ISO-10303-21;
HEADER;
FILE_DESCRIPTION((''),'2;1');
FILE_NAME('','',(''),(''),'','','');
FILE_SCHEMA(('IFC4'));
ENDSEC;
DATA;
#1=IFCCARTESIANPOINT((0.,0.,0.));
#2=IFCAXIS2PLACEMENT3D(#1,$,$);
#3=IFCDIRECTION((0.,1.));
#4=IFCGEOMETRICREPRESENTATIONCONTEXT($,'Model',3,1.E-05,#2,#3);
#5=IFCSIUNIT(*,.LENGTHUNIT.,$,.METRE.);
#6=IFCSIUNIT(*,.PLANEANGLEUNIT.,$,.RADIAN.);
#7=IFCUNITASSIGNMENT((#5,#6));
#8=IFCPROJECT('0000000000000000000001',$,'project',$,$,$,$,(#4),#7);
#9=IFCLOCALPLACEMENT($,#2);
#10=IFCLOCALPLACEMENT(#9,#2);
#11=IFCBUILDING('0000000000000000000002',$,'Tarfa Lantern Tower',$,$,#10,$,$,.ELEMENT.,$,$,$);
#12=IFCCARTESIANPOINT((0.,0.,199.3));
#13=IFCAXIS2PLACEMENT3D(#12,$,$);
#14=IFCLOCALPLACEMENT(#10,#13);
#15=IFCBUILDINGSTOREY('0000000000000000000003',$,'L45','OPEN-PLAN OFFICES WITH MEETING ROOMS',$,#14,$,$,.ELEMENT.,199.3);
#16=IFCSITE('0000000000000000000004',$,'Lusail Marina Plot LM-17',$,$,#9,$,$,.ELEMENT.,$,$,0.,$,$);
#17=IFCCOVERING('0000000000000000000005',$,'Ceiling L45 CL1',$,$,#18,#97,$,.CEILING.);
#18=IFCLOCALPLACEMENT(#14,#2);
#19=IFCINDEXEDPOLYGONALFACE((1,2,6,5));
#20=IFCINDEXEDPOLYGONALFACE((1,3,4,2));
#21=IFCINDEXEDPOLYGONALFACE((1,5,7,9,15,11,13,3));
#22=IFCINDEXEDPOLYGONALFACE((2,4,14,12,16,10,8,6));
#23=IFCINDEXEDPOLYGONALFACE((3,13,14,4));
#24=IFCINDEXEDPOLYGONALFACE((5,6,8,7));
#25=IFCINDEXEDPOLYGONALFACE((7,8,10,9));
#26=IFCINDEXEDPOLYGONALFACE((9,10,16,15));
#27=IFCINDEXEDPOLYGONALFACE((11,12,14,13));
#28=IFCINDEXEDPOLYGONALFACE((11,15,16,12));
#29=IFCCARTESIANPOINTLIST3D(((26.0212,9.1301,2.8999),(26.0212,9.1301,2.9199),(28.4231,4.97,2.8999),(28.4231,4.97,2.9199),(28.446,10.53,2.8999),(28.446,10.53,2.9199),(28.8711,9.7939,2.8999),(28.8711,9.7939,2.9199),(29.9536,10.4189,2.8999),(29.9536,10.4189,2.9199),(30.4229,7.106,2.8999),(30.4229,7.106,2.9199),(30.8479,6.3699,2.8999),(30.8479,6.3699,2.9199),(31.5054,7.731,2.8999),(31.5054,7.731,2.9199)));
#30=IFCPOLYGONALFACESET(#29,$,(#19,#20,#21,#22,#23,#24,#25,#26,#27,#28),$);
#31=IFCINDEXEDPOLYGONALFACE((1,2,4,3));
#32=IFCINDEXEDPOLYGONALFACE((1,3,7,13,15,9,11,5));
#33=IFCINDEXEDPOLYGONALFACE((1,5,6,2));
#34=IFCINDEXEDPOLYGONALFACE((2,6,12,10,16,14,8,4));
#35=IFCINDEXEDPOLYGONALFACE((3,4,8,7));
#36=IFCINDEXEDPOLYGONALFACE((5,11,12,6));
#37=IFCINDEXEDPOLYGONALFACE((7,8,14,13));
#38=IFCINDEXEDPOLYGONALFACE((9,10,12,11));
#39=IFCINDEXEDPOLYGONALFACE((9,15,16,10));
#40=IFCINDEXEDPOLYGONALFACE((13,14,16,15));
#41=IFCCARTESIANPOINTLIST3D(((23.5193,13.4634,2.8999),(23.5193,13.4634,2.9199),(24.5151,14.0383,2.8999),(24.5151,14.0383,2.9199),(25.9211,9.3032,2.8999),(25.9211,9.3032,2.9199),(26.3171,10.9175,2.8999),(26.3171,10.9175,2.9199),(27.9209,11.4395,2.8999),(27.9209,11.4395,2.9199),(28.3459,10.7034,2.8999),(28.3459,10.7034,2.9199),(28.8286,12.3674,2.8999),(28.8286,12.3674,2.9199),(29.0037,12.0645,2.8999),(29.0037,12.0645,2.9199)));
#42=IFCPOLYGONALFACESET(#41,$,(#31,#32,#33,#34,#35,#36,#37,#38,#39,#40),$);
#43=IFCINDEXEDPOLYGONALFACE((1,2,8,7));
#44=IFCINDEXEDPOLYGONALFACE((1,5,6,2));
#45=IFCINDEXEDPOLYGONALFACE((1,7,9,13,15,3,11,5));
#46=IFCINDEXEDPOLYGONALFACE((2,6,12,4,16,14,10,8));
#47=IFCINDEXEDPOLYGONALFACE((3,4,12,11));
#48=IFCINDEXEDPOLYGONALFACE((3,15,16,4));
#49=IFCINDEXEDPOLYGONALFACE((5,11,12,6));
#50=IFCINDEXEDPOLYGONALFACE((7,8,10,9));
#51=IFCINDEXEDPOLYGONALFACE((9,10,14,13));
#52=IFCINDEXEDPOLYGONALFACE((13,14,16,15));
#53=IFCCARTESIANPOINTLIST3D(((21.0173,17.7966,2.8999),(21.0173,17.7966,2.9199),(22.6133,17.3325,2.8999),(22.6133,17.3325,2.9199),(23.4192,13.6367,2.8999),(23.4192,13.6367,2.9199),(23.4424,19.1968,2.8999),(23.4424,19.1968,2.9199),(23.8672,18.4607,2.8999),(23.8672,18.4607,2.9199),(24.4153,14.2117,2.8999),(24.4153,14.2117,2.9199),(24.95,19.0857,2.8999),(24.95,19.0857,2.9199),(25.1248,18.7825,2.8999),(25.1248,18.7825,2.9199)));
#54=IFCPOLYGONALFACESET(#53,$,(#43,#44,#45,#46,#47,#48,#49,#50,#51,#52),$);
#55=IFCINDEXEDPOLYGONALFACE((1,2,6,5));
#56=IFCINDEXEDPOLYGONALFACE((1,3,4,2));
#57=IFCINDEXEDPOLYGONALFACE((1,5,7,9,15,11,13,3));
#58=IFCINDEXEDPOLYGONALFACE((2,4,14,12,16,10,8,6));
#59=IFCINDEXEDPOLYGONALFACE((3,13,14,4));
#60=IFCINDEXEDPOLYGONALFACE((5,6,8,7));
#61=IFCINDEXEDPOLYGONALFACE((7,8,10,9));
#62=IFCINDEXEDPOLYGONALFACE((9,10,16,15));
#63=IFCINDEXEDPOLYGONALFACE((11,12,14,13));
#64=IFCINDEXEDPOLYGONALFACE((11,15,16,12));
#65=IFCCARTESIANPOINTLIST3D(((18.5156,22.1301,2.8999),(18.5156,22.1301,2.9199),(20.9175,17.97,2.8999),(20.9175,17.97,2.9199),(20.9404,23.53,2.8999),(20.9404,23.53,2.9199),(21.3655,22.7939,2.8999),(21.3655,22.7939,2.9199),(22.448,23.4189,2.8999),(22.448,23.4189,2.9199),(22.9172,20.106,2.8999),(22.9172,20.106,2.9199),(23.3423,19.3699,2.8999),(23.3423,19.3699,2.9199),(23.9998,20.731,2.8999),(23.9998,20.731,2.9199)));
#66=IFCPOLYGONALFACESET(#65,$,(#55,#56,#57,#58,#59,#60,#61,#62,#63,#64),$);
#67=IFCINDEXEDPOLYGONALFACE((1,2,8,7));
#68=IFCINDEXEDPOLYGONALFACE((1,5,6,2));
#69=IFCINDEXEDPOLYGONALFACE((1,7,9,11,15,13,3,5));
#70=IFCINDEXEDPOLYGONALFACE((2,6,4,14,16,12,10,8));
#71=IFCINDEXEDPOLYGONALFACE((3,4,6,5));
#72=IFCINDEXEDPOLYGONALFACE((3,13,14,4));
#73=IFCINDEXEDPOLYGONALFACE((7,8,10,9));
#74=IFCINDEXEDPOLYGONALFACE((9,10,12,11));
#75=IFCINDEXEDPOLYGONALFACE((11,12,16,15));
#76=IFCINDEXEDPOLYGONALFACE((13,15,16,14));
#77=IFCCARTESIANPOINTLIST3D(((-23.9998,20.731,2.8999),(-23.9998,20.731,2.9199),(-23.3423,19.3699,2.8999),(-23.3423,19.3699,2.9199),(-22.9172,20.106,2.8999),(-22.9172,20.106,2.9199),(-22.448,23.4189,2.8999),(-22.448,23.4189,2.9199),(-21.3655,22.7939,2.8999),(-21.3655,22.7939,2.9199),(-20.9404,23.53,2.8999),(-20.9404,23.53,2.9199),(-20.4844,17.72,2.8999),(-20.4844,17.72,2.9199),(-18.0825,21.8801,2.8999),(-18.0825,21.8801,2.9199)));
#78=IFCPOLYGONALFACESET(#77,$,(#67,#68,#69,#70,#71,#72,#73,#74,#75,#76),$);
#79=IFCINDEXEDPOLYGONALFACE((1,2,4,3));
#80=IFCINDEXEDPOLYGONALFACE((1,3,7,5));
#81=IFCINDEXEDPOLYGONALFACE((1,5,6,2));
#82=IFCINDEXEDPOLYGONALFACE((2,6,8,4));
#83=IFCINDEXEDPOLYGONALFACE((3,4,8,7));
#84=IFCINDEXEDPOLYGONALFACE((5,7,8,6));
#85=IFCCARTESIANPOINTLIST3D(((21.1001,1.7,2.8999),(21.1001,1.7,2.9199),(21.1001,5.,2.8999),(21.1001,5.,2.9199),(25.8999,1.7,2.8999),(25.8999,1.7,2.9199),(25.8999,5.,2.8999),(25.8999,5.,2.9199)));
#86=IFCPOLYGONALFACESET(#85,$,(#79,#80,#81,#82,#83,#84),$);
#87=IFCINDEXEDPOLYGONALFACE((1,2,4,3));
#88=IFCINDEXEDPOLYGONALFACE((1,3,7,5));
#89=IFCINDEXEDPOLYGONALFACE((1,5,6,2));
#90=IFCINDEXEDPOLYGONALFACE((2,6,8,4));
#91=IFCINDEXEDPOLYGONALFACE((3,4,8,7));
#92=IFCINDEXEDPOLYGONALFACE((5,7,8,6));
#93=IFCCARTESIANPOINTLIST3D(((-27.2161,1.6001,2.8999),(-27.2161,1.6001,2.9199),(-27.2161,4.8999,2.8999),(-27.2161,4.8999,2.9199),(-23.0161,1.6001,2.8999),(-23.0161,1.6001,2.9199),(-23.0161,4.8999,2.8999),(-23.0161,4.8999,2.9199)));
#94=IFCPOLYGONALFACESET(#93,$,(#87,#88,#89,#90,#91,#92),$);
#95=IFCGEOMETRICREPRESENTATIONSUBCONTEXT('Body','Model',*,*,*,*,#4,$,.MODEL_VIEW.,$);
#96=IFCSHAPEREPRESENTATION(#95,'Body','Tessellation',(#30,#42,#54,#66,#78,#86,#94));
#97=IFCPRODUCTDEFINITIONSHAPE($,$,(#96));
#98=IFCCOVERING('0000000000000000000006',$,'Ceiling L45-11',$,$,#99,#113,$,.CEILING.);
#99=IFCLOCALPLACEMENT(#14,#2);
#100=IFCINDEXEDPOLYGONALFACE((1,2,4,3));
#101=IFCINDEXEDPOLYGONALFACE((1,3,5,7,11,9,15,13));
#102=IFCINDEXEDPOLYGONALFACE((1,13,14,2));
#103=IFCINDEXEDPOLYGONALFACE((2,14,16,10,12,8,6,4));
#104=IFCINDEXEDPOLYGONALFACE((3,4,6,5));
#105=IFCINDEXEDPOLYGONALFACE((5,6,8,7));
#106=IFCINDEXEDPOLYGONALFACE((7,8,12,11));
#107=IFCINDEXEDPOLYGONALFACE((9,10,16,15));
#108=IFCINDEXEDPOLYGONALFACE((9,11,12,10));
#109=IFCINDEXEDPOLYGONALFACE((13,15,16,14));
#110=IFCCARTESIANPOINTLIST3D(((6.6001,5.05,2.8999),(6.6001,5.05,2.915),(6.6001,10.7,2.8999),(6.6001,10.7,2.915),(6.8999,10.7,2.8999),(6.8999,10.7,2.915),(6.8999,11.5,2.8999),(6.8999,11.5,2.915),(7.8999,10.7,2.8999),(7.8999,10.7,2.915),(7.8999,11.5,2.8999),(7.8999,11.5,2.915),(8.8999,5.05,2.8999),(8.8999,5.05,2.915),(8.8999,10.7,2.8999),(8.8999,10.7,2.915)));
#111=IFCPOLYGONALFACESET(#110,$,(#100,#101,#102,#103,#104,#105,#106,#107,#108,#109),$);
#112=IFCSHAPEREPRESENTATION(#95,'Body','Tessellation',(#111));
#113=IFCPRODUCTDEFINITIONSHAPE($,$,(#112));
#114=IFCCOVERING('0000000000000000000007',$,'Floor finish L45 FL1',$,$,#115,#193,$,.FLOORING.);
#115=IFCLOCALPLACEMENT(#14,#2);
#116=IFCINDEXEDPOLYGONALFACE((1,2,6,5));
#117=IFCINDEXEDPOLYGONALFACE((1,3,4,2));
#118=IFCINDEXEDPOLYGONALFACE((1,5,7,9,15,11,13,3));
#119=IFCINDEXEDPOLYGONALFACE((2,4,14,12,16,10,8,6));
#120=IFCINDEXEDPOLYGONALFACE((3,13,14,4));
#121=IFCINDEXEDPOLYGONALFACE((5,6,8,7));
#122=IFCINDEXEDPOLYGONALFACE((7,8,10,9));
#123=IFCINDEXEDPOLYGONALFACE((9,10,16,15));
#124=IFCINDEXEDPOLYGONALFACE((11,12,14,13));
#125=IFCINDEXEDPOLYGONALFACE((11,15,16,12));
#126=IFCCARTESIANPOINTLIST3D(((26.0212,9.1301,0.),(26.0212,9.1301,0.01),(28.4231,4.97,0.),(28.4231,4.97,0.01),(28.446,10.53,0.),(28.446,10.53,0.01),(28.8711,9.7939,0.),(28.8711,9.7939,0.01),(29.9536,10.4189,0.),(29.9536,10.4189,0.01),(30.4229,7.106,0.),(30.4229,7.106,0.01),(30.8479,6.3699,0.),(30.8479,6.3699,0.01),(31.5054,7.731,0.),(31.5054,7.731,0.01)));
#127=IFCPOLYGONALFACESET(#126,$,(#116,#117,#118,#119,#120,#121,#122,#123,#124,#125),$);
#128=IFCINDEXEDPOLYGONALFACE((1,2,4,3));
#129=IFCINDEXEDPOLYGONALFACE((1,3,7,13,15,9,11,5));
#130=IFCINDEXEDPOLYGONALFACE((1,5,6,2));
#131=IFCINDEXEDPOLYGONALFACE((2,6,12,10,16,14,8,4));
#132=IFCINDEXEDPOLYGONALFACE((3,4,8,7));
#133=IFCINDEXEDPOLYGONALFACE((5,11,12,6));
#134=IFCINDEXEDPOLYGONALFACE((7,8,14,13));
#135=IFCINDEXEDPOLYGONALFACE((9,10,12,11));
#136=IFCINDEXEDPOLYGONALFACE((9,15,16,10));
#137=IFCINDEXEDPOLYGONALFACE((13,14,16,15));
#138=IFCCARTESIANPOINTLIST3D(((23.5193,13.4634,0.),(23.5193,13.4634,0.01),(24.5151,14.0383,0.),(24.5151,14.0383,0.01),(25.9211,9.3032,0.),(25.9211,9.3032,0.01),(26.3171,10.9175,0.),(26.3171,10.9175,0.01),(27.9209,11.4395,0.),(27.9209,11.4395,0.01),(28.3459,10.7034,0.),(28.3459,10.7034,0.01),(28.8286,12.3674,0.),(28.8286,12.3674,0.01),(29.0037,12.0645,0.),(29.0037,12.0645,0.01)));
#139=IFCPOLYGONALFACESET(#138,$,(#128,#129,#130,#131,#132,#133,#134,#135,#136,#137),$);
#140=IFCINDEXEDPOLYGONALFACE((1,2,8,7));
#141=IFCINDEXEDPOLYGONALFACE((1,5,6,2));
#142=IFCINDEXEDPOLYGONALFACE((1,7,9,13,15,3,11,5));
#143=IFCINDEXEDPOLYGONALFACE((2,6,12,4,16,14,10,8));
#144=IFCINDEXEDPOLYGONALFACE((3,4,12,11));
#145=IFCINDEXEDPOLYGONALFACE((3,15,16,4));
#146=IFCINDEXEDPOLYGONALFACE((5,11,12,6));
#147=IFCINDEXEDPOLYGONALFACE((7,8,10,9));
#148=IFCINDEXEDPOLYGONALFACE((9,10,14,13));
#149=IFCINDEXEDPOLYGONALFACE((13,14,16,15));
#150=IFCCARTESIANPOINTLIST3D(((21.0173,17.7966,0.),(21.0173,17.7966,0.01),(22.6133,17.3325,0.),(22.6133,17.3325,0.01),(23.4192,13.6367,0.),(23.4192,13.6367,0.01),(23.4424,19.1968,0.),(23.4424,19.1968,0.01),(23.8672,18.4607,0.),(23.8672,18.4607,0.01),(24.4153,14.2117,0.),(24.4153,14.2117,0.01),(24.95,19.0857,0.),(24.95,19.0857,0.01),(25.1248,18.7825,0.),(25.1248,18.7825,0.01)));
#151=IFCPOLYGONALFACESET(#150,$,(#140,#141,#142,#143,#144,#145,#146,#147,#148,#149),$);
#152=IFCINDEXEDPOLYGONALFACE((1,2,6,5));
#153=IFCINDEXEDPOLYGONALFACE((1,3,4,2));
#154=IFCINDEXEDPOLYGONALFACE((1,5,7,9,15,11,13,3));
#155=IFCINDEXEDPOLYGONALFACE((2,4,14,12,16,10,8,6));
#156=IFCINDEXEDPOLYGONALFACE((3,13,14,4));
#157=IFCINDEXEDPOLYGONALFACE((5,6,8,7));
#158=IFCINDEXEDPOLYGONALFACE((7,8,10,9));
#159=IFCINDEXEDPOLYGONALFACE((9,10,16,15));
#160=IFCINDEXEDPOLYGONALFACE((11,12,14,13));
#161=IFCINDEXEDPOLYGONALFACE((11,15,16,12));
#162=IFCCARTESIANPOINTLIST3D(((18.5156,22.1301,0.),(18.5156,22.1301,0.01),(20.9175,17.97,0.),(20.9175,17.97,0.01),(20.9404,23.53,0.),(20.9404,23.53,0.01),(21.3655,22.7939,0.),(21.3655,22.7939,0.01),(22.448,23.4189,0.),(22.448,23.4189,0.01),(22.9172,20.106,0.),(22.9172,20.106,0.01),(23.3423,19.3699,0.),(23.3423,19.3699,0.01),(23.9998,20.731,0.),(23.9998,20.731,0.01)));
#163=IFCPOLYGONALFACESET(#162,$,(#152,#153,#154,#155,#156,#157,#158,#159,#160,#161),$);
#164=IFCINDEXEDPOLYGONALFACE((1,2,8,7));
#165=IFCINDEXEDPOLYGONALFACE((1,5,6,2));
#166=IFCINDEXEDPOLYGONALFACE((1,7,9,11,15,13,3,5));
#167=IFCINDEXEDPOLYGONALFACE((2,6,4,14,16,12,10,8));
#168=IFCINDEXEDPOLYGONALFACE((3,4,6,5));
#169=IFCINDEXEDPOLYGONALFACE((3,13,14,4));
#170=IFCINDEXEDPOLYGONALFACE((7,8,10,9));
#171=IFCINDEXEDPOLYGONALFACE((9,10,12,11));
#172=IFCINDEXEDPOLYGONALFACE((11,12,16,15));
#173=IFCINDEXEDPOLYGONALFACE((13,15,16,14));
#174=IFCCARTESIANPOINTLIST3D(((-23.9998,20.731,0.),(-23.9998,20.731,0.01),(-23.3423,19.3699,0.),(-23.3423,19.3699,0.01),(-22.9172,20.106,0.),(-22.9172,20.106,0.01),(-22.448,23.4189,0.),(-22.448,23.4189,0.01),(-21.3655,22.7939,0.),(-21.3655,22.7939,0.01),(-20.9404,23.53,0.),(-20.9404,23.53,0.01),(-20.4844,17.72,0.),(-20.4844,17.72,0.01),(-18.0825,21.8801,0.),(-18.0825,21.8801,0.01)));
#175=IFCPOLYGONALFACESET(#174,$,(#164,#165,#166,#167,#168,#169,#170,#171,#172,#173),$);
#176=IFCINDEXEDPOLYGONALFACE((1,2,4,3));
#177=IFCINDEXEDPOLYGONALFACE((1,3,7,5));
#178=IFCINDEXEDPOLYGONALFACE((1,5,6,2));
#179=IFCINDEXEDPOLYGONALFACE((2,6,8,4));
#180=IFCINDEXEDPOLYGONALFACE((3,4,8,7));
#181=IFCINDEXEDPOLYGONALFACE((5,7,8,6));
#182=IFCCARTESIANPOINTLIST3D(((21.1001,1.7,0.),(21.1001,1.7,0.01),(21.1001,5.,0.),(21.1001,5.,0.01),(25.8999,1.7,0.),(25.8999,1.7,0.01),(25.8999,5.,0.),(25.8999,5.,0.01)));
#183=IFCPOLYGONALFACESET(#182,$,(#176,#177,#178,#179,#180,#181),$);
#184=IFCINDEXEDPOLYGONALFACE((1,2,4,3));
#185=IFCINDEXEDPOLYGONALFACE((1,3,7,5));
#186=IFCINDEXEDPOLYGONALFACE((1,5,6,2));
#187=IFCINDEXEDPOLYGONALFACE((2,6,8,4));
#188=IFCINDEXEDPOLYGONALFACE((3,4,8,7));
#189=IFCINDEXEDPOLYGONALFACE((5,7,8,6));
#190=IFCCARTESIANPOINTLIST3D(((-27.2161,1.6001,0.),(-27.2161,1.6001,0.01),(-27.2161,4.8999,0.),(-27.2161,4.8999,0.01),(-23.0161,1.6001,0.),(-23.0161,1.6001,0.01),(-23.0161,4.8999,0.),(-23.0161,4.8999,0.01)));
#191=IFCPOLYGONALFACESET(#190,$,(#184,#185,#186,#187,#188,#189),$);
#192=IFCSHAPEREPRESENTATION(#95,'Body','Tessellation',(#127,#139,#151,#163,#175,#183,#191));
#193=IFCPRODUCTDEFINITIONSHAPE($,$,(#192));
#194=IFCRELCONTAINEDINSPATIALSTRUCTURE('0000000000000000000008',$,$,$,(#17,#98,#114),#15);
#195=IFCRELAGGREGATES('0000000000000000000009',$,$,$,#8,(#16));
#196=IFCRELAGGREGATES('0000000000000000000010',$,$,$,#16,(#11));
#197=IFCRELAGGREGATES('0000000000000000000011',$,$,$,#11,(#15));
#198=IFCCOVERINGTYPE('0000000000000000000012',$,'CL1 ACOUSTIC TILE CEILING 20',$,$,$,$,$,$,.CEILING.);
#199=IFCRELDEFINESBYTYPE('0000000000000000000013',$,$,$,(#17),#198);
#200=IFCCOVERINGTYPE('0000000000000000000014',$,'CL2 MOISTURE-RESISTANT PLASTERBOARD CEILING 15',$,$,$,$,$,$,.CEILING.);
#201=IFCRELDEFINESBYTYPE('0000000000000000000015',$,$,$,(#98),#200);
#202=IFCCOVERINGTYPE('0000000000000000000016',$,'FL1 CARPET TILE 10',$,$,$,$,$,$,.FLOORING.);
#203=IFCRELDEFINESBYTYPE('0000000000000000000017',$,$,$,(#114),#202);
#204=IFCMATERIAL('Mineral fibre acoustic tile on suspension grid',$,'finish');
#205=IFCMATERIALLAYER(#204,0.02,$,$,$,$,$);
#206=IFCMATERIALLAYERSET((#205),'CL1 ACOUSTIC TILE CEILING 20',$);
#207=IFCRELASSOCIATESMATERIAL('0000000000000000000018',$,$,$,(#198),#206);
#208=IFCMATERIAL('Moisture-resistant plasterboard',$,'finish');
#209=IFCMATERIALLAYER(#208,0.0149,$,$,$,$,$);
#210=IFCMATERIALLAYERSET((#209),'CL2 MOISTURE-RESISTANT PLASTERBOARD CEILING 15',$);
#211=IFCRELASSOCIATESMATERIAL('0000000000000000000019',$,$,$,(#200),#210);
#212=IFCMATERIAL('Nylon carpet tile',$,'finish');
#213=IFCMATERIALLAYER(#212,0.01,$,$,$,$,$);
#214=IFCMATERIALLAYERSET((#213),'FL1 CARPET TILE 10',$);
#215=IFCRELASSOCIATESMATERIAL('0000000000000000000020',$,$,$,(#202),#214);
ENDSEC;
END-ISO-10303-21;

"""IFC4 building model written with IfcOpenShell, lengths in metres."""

from ifc_helpers import new_model, si_unit, direction, frame, origin, place, context, subcontext, project, spatial, polyline, outline, extrude, material, layer, layer_set, type_object, element, save


model = new_model("IFC4")

# Units and contexts
model_context = context("Model", 3, precision=1e-05, world=origin(), true_north=direction((0.0, 1.0)))
body_context = subcontext(model_context, "Body", "Model", "MODEL_VIEW")
ifc_project = project(units=[si_unit("LENGTHUNIT", "METRE"), si_unit("PLANEANGLEUNIT", "RADIAN")], contexts=[model_context])

# Site, building, storey
site_placement = place(None, origin())
site = spatial("IfcSite", under=ifc_project, at=site_placement, Name="Lusail Marina Plot LM-17", CompositionType="ELEMENT", RefElevation=0.0)
building_placement = place(site_placement, origin())
building = spatial("IfcBuilding", under=site, at=building_placement, Name="Tarfa Lantern Tower", CompositionType="ELEMENT")
storey_placement = place(building_placement, frame((0.0, 0.0, 199.3)))
storey = spatial("IfcBuildingStorey", under=building, at=storey_placement, Name="L45", Description="OPEN-PLAN OFFICES WITH MEETING ROOMS", CompositionType="ELEMENT", Elevation=199.3)

# Coverings
ifc_material_1 = material(Name="Mineral fibre acoustic tile on suspension grid", Category="finish")
ifc_layer_1 = layer(ifc_material_1, 0.02)
ifc_layer_set_1 = layer_set([ifc_layer_1], Name="CL1 ACOUSTIC TILE CEILING 20")
covering_type_1 = type_object("IfcCoveringType", Name="CL1 ACOUSTIC TILE CEILING 20", PredefinedType="CEILING", material=ifc_layer_set_1)
covering_1_placement = place(storey_placement, frame((0.0, 0.0, 2.8999)))
element("IfcCovering", 1, at=covering_1_placement, inside=storey, type_object=covering_type_1, Name="Ceiling L45 CL1", PredefinedType="CEILING", context=body_context, shape_type="SweptSolid", body=[
    extrude(outline(polyline([(26.0212, 9.1301), (28.446, 10.53), (28.8711, 9.7939), (29.9536, 10.4189), (31.5054, 7.731), (30.4229, 7.106), (30.8479, 6.3699), (28.4231, 4.97), (26.0212, 9.1301)])), origin(), (0.0, 0.0, 1.0), 0.02),
    extrude(outline(polyline([(25.9211, 9.3032), (23.5193, 13.4634), (24.5151, 14.0383), (26.3171, 10.9175), (28.8286, 12.3674), (29.0037, 12.0645), (27.9209, 11.4395), (28.3459, 10.7034), (25.9211, 9.3032)])), origin(), (0.0, 0.0, 1.0), 0.02),
    extrude(outline(polyline([(21.0173, 17.7966), (23.4424, 19.1968), (23.8672, 18.4607), (24.95, 19.0857), (25.1248, 18.7825), (22.6133, 17.3325), (24.4153, 14.2117), (23.4192, 13.6367), (21.0173, 17.7966)])), origin(), (0.0, 0.0, 1.0), 0.02),
    extrude(outline(polyline([(18.5156, 22.1301), (20.9404, 23.53), (21.3655, 22.7939), (22.448, 23.4189), (23.9998, 20.731), (22.9172, 20.106), (23.3423, 19.3699), (20.9175, 17.97), (18.5156, 22.1301)])), origin(), (0.0, 0.0, 1.0), 0.02),
    extrude(outline(polyline([(-20.4844, 17.72), (-23.3423, 19.3699), (-22.9172, 20.106), (-23.9998, 20.731), (-22.448, 23.4189), (-21.3655, 22.7939), (-20.9404, 23.53), (-18.0825, 21.8801), (-20.4844, 17.72)])), origin(), (0.0, 0.0, 1.0), 0.02),
    extrude(outline(polyline([(21.1001, 5.0), (25.8999, 5.0), (25.8999, 1.7), (21.1001, 1.7), (21.1001, 5.0)])), origin(), (0.0, 0.0, 1.0), 0.02),
    extrude(outline(polyline([(-27.2161, 1.6001), (-27.2161, 4.8999), (-23.0161, 4.8999), (-23.0161, 1.6001), (-27.2161, 1.6001)])), origin(), (0.0, 0.0, 1.0), 0.02),
])
ifc_material_2 = material(Name="Moisture-resistant plasterboard", Category="finish")
ifc_layer_2 = layer(ifc_material_2, 0.0149)
ifc_layer_set_2 = layer_set([ifc_layer_2], Name="CL2 MOISTURE-RESISTANT PLASTERBOARD CEILING 15")
covering_type_2 = type_object("IfcCoveringType", Name="CL2 MOISTURE-RESISTANT PLASTERBOARD CEILING 15", PredefinedType="CEILING", material=ifc_layer_set_2)
covering_2_placement = place(storey_placement, frame((0.0, 0.0, 2.8999)))
element("IfcCovering", 2, at=covering_2_placement, inside=storey, type_object=covering_type_2, Name="Ceiling L45-11", PredefinedType="CEILING", context=body_context, shape_type="SweptSolid", body=[
    extrude(outline(polyline([(6.6001, 5.05), (8.8999, 5.05), (8.8999, 10.7), (7.8999, 10.7), (7.8999, 11.5), (6.8999, 11.5), (6.8999, 10.7), (6.6001, 10.7), (6.6001, 5.05)])), origin(), (0.0, 0.0, 1.0), 0.0151),
])
ifc_material_3 = material(Name="Nylon carpet tile", Category="finish")
ifc_layer_3 = layer(ifc_material_3, 0.01)
ifc_layer_set_3 = layer_set([ifc_layer_3], Name="FL1 CARPET TILE 10")
covering_type_3 = type_object("IfcCoveringType", Name="FL1 CARPET TILE 10", PredefinedType="FLOORING", material=ifc_layer_set_3)
covering_3_placement = place(storey_placement, origin())
element("IfcCovering", 3, at=covering_3_placement, inside=storey, type_object=covering_type_3, Name="Floor finish L45 FL1", PredefinedType="FLOORING", context=body_context, shape_type="SweptSolid", body=[
    extrude(outline(polyline([(26.0212, 9.1301), (28.446, 10.53), (28.8711, 9.7939), (29.9536, 10.4189), (31.5054, 7.731), (30.4229, 7.106), (30.8479, 6.3699), (28.4231, 4.97), (26.0212, 9.1301)])), origin(), (0.0, 0.0, 1.0), 0.01),
    extrude(outline(polyline([(25.9211, 9.3032), (23.5193, 13.4634), (24.5151, 14.0383), (26.3171, 10.9175), (28.8286, 12.3674), (29.0037, 12.0645), (27.9209, 11.4395), (28.3459, 10.7034), (25.9211, 9.3032)])), origin(), (0.0, 0.0, 1.0), 0.01),
    extrude(outline(polyline([(21.0173, 17.7966), (23.4424, 19.1968), (23.8672, 18.4607), (24.95, 19.0857), (25.1248, 18.7825), (22.6133, 17.3325), (24.4153, 14.2117), (23.4192, 13.6367), (21.0173, 17.7966)])), origin(), (0.0, 0.0, 1.0), 0.01),
    extrude(outline(polyline([(18.5156, 22.1301), (20.9404, 23.53), (21.3655, 22.7939), (22.448, 23.4189), (23.9998, 20.731), (22.9172, 20.106), (23.3423, 19.3699), (20.9175, 17.97), (18.5156, 22.1301)])), origin(), (0.0, 0.0, 1.0), 0.01),
    extrude(outline(polyline([(-20.4844, 17.72), (-23.3423, 19.3699), (-22.9172, 20.106), (-23.9998, 20.731), (-22.448, 23.4189), (-21.3655, 22.7939), (-20.9404, 23.53), (-18.0825, 21.8801), (-20.4844, 17.72)])), origin(), (0.0, 0.0, 1.0), 0.01),
    extrude(outline(polyline([(21.1001, 5.0), (25.8999, 5.0), (25.8999, 1.7), (21.1001, 1.7), (21.1001, 5.0)])), origin(), (0.0, 0.0, 1.0), 0.01),
    extrude(outline(polyline([(-27.2161, 1.6001), (-27.2161, 4.8999), (-23.0161, 4.8999), (-23.0161, 1.6001), (-27.2161, 1.6001)])), origin(), (0.0, 0.0, 1.0), 0.01),
])

save(model, "model.ifc")
